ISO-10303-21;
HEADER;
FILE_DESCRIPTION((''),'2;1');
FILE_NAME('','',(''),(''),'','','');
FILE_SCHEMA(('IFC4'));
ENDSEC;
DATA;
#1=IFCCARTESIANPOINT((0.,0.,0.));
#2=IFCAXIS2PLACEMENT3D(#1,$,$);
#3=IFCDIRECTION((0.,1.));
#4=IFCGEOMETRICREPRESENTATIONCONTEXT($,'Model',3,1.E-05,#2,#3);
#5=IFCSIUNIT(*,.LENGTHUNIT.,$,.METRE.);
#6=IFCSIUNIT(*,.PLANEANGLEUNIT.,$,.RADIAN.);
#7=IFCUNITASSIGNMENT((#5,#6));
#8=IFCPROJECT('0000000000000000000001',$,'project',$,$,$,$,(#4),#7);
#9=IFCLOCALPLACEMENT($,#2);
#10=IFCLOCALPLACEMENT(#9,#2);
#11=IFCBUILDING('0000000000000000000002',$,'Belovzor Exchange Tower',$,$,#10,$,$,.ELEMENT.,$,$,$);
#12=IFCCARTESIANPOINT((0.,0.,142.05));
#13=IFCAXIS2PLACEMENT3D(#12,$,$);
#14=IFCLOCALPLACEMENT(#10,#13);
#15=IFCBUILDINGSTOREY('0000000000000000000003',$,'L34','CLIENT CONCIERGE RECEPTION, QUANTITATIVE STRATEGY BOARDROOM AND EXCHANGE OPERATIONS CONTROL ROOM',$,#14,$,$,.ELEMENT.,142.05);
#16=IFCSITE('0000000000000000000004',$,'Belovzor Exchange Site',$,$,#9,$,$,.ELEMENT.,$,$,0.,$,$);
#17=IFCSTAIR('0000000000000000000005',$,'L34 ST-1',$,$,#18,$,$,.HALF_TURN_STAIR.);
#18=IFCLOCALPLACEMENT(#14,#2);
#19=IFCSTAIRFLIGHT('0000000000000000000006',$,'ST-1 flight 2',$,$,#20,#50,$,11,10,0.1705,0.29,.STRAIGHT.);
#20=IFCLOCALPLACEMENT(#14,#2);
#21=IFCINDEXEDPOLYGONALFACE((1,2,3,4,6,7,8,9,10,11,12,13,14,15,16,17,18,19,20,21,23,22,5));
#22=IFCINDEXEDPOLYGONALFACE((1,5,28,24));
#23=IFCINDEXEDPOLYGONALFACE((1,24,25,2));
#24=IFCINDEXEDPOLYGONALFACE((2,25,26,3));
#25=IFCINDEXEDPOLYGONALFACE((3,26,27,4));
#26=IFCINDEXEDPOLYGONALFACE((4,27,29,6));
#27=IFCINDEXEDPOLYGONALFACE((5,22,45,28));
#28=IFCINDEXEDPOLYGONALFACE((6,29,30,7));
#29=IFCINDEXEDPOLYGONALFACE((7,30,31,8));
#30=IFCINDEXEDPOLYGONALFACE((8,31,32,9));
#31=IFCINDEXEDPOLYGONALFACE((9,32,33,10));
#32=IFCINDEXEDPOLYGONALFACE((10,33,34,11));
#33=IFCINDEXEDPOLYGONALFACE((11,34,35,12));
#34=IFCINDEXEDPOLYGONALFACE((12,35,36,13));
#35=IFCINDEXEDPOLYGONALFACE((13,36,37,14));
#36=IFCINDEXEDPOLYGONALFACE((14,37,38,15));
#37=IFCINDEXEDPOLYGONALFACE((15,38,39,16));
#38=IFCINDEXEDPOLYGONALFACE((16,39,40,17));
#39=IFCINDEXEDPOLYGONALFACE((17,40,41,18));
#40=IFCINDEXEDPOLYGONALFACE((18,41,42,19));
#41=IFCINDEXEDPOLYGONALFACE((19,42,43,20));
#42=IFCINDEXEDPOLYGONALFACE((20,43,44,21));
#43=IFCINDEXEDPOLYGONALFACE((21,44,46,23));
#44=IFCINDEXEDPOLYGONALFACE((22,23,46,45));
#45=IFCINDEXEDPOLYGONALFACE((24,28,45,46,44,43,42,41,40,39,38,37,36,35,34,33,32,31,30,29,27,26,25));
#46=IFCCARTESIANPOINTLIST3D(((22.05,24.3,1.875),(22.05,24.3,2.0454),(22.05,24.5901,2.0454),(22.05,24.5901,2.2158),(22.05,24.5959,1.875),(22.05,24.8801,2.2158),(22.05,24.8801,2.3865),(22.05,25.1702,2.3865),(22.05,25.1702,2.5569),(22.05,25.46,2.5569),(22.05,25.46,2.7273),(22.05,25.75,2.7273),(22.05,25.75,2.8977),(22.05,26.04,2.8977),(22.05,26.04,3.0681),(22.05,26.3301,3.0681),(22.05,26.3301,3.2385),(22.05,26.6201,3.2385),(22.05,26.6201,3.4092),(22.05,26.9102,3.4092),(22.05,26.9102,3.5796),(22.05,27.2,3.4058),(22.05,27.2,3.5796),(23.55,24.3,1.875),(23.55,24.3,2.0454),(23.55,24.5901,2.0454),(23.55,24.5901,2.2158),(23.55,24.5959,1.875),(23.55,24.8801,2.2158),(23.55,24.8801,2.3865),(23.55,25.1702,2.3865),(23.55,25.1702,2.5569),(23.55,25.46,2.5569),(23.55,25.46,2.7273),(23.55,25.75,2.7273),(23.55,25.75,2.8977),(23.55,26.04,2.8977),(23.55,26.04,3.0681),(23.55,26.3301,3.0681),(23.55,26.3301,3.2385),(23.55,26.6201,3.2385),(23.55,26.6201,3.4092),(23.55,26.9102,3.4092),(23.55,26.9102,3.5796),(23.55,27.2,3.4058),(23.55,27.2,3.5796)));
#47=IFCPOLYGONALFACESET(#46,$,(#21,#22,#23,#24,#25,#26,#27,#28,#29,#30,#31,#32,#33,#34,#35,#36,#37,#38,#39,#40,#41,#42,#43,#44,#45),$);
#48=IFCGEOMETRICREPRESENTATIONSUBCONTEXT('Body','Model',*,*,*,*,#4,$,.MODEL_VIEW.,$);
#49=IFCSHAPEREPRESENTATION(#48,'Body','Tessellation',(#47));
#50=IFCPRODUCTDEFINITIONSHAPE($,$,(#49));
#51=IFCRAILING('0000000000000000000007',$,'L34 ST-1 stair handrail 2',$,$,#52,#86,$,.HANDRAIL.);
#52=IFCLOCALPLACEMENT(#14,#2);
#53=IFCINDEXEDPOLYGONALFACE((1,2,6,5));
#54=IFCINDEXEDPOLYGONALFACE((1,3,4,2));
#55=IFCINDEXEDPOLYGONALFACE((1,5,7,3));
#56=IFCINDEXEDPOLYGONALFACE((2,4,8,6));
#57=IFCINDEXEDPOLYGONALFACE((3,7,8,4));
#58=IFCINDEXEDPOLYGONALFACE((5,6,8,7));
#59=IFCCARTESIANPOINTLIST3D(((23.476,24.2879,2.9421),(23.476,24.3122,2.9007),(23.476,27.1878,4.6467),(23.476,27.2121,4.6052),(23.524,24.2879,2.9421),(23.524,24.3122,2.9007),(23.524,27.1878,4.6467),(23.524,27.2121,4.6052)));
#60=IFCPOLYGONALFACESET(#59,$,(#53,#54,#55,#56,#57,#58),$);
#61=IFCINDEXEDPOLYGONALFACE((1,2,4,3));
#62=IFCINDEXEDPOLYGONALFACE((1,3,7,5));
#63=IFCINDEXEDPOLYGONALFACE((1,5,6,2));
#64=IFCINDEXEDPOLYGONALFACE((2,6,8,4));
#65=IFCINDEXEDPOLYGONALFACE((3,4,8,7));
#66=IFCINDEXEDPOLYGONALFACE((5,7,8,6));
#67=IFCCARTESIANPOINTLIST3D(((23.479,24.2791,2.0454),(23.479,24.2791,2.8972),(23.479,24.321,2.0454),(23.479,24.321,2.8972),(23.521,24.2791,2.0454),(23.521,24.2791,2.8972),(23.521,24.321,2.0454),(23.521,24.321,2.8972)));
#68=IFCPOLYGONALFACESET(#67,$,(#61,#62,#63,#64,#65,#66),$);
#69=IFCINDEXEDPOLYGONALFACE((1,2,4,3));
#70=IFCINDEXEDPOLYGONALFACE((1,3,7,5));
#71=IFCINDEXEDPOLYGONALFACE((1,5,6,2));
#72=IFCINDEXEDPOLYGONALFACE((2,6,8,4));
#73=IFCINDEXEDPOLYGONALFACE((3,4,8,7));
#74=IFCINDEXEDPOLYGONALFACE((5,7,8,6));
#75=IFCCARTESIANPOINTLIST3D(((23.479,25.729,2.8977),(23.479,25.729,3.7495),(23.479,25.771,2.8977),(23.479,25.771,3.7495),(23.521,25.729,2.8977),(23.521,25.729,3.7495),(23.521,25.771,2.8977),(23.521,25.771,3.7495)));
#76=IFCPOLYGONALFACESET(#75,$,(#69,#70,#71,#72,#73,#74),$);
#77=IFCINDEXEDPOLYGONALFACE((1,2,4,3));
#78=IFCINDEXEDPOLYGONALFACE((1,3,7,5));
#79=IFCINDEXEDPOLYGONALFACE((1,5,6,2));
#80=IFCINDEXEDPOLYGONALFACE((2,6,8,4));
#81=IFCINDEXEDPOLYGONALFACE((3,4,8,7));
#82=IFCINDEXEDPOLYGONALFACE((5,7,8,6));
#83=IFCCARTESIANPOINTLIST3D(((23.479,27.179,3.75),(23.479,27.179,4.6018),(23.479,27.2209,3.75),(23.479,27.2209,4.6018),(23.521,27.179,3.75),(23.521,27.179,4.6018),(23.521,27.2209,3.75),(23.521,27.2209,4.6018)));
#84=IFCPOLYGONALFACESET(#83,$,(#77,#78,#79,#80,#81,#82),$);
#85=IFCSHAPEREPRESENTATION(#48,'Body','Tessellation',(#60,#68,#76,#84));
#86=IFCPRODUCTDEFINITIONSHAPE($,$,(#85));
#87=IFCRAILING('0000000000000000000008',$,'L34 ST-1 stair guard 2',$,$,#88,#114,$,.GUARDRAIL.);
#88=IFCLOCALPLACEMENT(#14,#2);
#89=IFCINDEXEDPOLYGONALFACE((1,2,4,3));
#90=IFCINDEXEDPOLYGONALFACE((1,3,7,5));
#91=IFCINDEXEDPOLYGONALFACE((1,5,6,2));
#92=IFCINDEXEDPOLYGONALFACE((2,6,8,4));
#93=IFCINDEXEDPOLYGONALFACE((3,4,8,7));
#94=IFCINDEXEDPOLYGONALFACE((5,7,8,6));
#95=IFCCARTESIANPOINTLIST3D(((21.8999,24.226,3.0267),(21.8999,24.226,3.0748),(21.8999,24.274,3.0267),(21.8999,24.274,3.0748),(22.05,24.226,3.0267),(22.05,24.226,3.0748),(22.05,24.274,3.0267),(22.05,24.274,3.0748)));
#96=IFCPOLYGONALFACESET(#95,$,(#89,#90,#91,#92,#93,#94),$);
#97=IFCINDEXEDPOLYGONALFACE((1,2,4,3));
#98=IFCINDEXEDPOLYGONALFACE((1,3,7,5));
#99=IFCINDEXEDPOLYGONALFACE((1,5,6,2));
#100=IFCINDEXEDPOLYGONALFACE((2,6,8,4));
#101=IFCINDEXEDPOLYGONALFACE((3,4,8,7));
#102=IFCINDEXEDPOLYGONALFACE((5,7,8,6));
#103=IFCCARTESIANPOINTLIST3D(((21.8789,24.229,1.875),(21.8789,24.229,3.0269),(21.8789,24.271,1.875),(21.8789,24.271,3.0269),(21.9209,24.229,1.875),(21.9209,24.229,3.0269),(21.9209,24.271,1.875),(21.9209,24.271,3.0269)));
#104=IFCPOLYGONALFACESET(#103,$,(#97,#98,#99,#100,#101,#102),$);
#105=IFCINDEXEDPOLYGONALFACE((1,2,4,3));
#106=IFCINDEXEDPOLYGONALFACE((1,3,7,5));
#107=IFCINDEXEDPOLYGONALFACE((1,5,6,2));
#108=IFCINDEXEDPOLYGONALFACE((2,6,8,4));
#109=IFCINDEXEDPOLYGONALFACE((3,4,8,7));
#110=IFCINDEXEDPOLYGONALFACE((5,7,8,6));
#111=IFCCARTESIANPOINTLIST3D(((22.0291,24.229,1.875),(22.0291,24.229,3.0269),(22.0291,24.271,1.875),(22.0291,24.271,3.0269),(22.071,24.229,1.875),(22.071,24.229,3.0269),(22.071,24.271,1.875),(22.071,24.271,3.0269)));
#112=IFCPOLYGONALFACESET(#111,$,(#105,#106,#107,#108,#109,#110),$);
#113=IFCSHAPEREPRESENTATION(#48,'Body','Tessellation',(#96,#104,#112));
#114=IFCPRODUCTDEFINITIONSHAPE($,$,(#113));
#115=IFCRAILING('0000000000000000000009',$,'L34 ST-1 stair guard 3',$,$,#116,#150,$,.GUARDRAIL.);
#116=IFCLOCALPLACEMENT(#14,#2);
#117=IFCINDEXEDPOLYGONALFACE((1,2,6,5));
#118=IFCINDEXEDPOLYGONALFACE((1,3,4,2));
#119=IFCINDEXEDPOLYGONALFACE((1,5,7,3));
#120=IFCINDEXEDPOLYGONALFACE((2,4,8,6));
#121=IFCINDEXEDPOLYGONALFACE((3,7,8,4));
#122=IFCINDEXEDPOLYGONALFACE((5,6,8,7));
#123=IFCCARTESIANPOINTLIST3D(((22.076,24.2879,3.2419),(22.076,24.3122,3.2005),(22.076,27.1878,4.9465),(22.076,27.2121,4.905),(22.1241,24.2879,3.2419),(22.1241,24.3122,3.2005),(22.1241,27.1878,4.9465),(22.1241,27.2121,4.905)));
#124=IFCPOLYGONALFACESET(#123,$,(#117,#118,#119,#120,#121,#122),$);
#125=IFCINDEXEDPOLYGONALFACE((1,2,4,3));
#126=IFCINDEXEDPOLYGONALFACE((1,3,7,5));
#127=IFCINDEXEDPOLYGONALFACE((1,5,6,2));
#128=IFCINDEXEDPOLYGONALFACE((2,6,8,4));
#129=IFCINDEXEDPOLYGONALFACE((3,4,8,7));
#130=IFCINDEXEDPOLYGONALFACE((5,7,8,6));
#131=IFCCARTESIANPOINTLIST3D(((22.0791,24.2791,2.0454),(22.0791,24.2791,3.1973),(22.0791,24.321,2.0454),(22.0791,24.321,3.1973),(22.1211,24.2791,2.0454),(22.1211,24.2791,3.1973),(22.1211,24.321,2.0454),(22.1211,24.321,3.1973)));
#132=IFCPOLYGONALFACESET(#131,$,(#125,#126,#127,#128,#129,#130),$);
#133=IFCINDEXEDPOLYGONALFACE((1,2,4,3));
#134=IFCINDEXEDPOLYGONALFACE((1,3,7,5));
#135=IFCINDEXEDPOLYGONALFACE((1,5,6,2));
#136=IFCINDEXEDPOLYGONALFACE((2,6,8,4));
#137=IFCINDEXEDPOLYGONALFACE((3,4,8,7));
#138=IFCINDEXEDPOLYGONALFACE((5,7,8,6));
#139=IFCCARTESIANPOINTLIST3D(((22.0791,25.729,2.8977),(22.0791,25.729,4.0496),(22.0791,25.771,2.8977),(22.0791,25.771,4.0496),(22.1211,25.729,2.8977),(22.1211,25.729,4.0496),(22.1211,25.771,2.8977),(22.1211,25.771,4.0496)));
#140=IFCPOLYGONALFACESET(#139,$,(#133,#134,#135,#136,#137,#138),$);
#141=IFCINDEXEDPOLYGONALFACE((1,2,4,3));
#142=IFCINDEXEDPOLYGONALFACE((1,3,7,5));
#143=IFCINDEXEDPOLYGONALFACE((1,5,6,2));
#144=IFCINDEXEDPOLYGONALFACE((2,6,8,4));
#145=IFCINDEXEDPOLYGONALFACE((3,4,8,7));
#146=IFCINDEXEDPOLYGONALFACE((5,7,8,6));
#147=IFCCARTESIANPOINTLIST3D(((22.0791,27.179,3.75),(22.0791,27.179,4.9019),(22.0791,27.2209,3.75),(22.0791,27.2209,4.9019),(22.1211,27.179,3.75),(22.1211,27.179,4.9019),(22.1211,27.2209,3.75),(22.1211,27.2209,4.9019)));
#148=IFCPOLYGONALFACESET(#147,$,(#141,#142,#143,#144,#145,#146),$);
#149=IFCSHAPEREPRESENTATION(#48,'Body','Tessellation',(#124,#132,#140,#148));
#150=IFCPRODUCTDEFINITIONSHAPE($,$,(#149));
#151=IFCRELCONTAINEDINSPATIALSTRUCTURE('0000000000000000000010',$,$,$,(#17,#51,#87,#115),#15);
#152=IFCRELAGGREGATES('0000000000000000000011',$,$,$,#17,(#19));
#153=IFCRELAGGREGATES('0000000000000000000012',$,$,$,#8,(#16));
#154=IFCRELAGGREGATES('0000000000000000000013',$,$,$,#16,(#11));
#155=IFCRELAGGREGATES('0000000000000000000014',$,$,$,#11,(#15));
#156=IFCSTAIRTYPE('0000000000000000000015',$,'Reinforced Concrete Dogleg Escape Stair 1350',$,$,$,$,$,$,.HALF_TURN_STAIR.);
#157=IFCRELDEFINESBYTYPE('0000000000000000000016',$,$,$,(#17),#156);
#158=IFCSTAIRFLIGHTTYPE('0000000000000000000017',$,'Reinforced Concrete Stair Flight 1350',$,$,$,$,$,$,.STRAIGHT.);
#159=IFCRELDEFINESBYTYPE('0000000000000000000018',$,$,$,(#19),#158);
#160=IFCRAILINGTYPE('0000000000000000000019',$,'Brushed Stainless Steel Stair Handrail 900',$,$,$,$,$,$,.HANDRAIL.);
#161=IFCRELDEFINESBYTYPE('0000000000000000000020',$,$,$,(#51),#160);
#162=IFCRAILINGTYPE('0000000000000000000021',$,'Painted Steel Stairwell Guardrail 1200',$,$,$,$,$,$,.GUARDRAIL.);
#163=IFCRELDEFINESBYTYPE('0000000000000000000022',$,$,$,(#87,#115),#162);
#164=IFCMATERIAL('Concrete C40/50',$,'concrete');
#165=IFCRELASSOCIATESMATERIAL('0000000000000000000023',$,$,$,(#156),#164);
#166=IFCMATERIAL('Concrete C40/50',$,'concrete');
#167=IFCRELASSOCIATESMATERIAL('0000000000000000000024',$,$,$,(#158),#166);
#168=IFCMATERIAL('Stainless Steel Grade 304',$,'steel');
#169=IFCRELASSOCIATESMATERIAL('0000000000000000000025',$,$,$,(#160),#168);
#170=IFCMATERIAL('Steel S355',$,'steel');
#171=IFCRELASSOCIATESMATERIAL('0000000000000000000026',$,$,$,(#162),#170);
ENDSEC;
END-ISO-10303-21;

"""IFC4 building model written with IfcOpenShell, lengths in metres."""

from ifc_helpers import new_model, si_unit, direction, frame, origin, origin_2d, place, context, subcontext, project, spatial, polyline, rectangle, outline, extrude, material, type_object, element, aggregate, save


model = new_model("IFC4")

# Units and contexts
model_context = context("Model", 3, precision=1e-05, world=origin(), true_north=direction((0.0, 1.0)))
body_context = subcontext(model_context, "Body", "Model", "MODEL_VIEW")
ifc_project = project(units=[si_unit("LENGTHUNIT", "METRE"), si_unit("PLANEANGLEUNIT", "RADIAN")], contexts=[model_context])

# Site, building, storey
site_placement = place(None, origin())
site = spatial("IfcSite", under=ifc_project, at=site_placement, Name="Belovzor Exchange Site", CompositionType="ELEMENT", RefElevation=0.0)
building_placement = place(site_placement, origin())
building = spatial("IfcBuilding", under=site, at=building_placement, Name="Belovzor Exchange Tower", CompositionType="ELEMENT")
storey_placement = place(building_placement, frame((0.0, 0.0, 142.05)))
storey = spatial("IfcBuildingStorey", under=building, at=storey_placement, Name="L34", Description="CLIENT CONCIERGE RECEPTION, QUANTITATIVE STRATEGY BOARDROOM AND EXCHANGE OPERATIONS CONTROL ROOM", CompositionType="ELEMENT", Elevation=142.05)

# Stair, stair flight
ifc_material_1 = material(Name="Concrete C40/50", Category="concrete")
stair_type = type_object("IfcStairType", Name="Reinforced Concrete Dogleg Escape Stair 1350", PredefinedType="HALF_TURN_STAIR", material=ifc_material_1)
stair_placement = place(storey_placement, origin())
stair = element("IfcStair", 1, at=stair_placement, inside=storey, type_object=stair_type, Name="L34 ST-1", PredefinedType="HALF_TURN_STAIR")
ifc_material_2 = material(Name="Concrete C40/50", Category="concrete")
stair_flight_type = type_object("IfcStairFlightType", Name="Reinforced Concrete Stair Flight 1350", PredefinedType="STRAIGHT", material=ifc_material_2)
stair_flight_placement = place(storey_placement, frame((22.8, 24.3, 1.875), z_axis=(0.0, 0.0, 1.0), x_axis=(0.0, 1.0, 0.0)))
stair_flight = element("IfcStairFlight", 2, at=stair_flight_placement, type_object=stair_flight_type, Name="ST-1 flight 2", NumberOfRisers=11, NumberOfTreads=10, PredefinedType="STRAIGHT", RiserHeight=0.1705, TreadLength=0.29, context=body_context, shape_type="SweptSolid", body=[
    extrude(outline(polyline([(0.0, 0.0), (0.0, 0.1704), (0.29, 0.1704), (0.29, 0.3408), (0.5801, 0.3408), (0.5801, 0.5115), (0.8701, 0.5115), (0.8701, 0.6819), (1.1599, 0.6819), (1.1599, 0.8523), (1.45, 0.8523), (1.45, 1.0227), (1.74, 1.0227), (1.74, 1.1931), (2.03, 1.1931), (2.03, 1.3635), (2.3201, 1.3635), (2.3201, 1.5342), (2.6101, 1.5342), (2.6101, 1.7046), (2.8999, 1.7046), (2.8999, 1.875), (2.8999, 1.5308), (0.2959, 0.0), (0.0, 0.0)])), frame((0.0, 0.75, 0.0), z_axis=(0.0, -1.0, 0.0), x_axis=(1.0, 0.0, 0.0)), (0.0, 0.0, 1.0), 1.5),
])
aggregate(stair, [stair_flight])

# Railings
ifc_material_3 = material(Name="Stainless Steel Grade 304", Category="steel")
railing_type_1 = type_object("IfcRailingType", Name="Brushed Stainless Steel Stair Handrail 900", PredefinedType="HANDRAIL", material=ifc_material_3)
railing_1_placement = place(storey_placement, frame((23.5, 24.3, 2.0454)))
element("IfcRailing", 3, at=railing_1_placement, inside=storey, type_object=railing_type_1, Name="L34 ST-1 stair handrail 2", PredefinedType="HANDRAIL", context=body_context, shape_type="SweptSolid", body=[
    extrude(rectangle(XDim=0.0481, YDim=0.0481, at=origin_2d()), frame((0.0, 0.0, 0.876), z_axis=(0.0, 0.862095, 0.506747), x_axis=(-1.0, 0.0, 0.0)), (0.0, 0.0, 1.0), 3.3638),
    extrude(rectangle(XDim=0.042, YDim=0.042, at=origin_2d()), origin(), (0.0, 0.0, 1.0), 0.8518),
    extrude(rectangle(XDim=0.042, YDim=0.042, at=origin_2d()), frame((0.0, 1.45, 0.8523)), (0.0, 0.0, 1.0), 0.8518),
    extrude(rectangle(XDim=0.042, YDim=0.042, at=origin_2d()), frame((0.0, 2.8999, 1.7046)), (0.0, 0.0, 1.0), 0.8518),
])
ifc_material_4 = material(Name="Steel S355", Category="steel")
railing_type_2 = type_object("IfcRailingType", Name="Painted Steel Stairwell Guardrail 1200", PredefinedType="GUARDRAIL", material=ifc_material_4)
railing_2_placement = place(storey_placement, frame((21.8999, 24.25, 1.875)))
element("IfcRailing", 4, at=railing_2_placement, inside=storey, type_object=railing_type_2, Name="L34 ST-1 stair guard 2", PredefinedType="GUARDRAIL", context=body_context, shape_type="SweptSolid", body=[
    extrude(rectangle(XDim=0.0481, YDim=0.0481, at=origin_2d()), frame((0.0, 0.0, 1.1758), z_axis=(1.0, 0.0, 0.0), x_axis=(0.0, 1.0, 0.0)), (0.0, 0.0, 1.0), 0.1501),
    extrude(rectangle(XDim=0.042, YDim=0.042, at=origin_2d()), origin(), (0.0, 0.0, 1.0), 1.1519),
    extrude(rectangle(XDim=0.042, YDim=0.042, at=origin_2d()), frame((0.1501, 0.0, 0.0)), (0.0, 0.0, 1.0), 1.1519),
])
railing_3_placement = place(storey_placement, frame((22.1001, 24.3, 2.0454)))
element("IfcRailing", 5, at=railing_3_placement, inside=storey, type_object=railing_type_2, Name="L34 ST-1 stair guard 3", PredefinedType="GUARDRAIL", context=body_context, shape_type="SweptSolid", body=[
    extrude(rectangle(XDim=0.0481, YDim=0.0481, at=origin_2d()), frame((0.0, 0.0, 1.1758), z_axis=(0.0, 0.862095, 0.506747), x_axis=(-1.0, 0.0, 0.0)), (0.0, 0.0, 1.0), 3.3638),
    extrude(rectangle(XDim=0.042, YDim=0.042, at=origin_2d()), origin(), (0.0, 0.0, 1.0), 1.1519),
    extrude(rectangle(XDim=0.042, YDim=0.042, at=origin_2d()), frame((0.0, 1.45, 0.8523)), (0.0, 0.0, 1.0), 1.1519),
    extrude(rectangle(XDim=0.042, YDim=0.042, at=origin_2d()), frame((0.0, 2.8999, 1.7046)), (0.0, 0.0, 1.0), 1.1519),
])

save(model, "model.ifc")
